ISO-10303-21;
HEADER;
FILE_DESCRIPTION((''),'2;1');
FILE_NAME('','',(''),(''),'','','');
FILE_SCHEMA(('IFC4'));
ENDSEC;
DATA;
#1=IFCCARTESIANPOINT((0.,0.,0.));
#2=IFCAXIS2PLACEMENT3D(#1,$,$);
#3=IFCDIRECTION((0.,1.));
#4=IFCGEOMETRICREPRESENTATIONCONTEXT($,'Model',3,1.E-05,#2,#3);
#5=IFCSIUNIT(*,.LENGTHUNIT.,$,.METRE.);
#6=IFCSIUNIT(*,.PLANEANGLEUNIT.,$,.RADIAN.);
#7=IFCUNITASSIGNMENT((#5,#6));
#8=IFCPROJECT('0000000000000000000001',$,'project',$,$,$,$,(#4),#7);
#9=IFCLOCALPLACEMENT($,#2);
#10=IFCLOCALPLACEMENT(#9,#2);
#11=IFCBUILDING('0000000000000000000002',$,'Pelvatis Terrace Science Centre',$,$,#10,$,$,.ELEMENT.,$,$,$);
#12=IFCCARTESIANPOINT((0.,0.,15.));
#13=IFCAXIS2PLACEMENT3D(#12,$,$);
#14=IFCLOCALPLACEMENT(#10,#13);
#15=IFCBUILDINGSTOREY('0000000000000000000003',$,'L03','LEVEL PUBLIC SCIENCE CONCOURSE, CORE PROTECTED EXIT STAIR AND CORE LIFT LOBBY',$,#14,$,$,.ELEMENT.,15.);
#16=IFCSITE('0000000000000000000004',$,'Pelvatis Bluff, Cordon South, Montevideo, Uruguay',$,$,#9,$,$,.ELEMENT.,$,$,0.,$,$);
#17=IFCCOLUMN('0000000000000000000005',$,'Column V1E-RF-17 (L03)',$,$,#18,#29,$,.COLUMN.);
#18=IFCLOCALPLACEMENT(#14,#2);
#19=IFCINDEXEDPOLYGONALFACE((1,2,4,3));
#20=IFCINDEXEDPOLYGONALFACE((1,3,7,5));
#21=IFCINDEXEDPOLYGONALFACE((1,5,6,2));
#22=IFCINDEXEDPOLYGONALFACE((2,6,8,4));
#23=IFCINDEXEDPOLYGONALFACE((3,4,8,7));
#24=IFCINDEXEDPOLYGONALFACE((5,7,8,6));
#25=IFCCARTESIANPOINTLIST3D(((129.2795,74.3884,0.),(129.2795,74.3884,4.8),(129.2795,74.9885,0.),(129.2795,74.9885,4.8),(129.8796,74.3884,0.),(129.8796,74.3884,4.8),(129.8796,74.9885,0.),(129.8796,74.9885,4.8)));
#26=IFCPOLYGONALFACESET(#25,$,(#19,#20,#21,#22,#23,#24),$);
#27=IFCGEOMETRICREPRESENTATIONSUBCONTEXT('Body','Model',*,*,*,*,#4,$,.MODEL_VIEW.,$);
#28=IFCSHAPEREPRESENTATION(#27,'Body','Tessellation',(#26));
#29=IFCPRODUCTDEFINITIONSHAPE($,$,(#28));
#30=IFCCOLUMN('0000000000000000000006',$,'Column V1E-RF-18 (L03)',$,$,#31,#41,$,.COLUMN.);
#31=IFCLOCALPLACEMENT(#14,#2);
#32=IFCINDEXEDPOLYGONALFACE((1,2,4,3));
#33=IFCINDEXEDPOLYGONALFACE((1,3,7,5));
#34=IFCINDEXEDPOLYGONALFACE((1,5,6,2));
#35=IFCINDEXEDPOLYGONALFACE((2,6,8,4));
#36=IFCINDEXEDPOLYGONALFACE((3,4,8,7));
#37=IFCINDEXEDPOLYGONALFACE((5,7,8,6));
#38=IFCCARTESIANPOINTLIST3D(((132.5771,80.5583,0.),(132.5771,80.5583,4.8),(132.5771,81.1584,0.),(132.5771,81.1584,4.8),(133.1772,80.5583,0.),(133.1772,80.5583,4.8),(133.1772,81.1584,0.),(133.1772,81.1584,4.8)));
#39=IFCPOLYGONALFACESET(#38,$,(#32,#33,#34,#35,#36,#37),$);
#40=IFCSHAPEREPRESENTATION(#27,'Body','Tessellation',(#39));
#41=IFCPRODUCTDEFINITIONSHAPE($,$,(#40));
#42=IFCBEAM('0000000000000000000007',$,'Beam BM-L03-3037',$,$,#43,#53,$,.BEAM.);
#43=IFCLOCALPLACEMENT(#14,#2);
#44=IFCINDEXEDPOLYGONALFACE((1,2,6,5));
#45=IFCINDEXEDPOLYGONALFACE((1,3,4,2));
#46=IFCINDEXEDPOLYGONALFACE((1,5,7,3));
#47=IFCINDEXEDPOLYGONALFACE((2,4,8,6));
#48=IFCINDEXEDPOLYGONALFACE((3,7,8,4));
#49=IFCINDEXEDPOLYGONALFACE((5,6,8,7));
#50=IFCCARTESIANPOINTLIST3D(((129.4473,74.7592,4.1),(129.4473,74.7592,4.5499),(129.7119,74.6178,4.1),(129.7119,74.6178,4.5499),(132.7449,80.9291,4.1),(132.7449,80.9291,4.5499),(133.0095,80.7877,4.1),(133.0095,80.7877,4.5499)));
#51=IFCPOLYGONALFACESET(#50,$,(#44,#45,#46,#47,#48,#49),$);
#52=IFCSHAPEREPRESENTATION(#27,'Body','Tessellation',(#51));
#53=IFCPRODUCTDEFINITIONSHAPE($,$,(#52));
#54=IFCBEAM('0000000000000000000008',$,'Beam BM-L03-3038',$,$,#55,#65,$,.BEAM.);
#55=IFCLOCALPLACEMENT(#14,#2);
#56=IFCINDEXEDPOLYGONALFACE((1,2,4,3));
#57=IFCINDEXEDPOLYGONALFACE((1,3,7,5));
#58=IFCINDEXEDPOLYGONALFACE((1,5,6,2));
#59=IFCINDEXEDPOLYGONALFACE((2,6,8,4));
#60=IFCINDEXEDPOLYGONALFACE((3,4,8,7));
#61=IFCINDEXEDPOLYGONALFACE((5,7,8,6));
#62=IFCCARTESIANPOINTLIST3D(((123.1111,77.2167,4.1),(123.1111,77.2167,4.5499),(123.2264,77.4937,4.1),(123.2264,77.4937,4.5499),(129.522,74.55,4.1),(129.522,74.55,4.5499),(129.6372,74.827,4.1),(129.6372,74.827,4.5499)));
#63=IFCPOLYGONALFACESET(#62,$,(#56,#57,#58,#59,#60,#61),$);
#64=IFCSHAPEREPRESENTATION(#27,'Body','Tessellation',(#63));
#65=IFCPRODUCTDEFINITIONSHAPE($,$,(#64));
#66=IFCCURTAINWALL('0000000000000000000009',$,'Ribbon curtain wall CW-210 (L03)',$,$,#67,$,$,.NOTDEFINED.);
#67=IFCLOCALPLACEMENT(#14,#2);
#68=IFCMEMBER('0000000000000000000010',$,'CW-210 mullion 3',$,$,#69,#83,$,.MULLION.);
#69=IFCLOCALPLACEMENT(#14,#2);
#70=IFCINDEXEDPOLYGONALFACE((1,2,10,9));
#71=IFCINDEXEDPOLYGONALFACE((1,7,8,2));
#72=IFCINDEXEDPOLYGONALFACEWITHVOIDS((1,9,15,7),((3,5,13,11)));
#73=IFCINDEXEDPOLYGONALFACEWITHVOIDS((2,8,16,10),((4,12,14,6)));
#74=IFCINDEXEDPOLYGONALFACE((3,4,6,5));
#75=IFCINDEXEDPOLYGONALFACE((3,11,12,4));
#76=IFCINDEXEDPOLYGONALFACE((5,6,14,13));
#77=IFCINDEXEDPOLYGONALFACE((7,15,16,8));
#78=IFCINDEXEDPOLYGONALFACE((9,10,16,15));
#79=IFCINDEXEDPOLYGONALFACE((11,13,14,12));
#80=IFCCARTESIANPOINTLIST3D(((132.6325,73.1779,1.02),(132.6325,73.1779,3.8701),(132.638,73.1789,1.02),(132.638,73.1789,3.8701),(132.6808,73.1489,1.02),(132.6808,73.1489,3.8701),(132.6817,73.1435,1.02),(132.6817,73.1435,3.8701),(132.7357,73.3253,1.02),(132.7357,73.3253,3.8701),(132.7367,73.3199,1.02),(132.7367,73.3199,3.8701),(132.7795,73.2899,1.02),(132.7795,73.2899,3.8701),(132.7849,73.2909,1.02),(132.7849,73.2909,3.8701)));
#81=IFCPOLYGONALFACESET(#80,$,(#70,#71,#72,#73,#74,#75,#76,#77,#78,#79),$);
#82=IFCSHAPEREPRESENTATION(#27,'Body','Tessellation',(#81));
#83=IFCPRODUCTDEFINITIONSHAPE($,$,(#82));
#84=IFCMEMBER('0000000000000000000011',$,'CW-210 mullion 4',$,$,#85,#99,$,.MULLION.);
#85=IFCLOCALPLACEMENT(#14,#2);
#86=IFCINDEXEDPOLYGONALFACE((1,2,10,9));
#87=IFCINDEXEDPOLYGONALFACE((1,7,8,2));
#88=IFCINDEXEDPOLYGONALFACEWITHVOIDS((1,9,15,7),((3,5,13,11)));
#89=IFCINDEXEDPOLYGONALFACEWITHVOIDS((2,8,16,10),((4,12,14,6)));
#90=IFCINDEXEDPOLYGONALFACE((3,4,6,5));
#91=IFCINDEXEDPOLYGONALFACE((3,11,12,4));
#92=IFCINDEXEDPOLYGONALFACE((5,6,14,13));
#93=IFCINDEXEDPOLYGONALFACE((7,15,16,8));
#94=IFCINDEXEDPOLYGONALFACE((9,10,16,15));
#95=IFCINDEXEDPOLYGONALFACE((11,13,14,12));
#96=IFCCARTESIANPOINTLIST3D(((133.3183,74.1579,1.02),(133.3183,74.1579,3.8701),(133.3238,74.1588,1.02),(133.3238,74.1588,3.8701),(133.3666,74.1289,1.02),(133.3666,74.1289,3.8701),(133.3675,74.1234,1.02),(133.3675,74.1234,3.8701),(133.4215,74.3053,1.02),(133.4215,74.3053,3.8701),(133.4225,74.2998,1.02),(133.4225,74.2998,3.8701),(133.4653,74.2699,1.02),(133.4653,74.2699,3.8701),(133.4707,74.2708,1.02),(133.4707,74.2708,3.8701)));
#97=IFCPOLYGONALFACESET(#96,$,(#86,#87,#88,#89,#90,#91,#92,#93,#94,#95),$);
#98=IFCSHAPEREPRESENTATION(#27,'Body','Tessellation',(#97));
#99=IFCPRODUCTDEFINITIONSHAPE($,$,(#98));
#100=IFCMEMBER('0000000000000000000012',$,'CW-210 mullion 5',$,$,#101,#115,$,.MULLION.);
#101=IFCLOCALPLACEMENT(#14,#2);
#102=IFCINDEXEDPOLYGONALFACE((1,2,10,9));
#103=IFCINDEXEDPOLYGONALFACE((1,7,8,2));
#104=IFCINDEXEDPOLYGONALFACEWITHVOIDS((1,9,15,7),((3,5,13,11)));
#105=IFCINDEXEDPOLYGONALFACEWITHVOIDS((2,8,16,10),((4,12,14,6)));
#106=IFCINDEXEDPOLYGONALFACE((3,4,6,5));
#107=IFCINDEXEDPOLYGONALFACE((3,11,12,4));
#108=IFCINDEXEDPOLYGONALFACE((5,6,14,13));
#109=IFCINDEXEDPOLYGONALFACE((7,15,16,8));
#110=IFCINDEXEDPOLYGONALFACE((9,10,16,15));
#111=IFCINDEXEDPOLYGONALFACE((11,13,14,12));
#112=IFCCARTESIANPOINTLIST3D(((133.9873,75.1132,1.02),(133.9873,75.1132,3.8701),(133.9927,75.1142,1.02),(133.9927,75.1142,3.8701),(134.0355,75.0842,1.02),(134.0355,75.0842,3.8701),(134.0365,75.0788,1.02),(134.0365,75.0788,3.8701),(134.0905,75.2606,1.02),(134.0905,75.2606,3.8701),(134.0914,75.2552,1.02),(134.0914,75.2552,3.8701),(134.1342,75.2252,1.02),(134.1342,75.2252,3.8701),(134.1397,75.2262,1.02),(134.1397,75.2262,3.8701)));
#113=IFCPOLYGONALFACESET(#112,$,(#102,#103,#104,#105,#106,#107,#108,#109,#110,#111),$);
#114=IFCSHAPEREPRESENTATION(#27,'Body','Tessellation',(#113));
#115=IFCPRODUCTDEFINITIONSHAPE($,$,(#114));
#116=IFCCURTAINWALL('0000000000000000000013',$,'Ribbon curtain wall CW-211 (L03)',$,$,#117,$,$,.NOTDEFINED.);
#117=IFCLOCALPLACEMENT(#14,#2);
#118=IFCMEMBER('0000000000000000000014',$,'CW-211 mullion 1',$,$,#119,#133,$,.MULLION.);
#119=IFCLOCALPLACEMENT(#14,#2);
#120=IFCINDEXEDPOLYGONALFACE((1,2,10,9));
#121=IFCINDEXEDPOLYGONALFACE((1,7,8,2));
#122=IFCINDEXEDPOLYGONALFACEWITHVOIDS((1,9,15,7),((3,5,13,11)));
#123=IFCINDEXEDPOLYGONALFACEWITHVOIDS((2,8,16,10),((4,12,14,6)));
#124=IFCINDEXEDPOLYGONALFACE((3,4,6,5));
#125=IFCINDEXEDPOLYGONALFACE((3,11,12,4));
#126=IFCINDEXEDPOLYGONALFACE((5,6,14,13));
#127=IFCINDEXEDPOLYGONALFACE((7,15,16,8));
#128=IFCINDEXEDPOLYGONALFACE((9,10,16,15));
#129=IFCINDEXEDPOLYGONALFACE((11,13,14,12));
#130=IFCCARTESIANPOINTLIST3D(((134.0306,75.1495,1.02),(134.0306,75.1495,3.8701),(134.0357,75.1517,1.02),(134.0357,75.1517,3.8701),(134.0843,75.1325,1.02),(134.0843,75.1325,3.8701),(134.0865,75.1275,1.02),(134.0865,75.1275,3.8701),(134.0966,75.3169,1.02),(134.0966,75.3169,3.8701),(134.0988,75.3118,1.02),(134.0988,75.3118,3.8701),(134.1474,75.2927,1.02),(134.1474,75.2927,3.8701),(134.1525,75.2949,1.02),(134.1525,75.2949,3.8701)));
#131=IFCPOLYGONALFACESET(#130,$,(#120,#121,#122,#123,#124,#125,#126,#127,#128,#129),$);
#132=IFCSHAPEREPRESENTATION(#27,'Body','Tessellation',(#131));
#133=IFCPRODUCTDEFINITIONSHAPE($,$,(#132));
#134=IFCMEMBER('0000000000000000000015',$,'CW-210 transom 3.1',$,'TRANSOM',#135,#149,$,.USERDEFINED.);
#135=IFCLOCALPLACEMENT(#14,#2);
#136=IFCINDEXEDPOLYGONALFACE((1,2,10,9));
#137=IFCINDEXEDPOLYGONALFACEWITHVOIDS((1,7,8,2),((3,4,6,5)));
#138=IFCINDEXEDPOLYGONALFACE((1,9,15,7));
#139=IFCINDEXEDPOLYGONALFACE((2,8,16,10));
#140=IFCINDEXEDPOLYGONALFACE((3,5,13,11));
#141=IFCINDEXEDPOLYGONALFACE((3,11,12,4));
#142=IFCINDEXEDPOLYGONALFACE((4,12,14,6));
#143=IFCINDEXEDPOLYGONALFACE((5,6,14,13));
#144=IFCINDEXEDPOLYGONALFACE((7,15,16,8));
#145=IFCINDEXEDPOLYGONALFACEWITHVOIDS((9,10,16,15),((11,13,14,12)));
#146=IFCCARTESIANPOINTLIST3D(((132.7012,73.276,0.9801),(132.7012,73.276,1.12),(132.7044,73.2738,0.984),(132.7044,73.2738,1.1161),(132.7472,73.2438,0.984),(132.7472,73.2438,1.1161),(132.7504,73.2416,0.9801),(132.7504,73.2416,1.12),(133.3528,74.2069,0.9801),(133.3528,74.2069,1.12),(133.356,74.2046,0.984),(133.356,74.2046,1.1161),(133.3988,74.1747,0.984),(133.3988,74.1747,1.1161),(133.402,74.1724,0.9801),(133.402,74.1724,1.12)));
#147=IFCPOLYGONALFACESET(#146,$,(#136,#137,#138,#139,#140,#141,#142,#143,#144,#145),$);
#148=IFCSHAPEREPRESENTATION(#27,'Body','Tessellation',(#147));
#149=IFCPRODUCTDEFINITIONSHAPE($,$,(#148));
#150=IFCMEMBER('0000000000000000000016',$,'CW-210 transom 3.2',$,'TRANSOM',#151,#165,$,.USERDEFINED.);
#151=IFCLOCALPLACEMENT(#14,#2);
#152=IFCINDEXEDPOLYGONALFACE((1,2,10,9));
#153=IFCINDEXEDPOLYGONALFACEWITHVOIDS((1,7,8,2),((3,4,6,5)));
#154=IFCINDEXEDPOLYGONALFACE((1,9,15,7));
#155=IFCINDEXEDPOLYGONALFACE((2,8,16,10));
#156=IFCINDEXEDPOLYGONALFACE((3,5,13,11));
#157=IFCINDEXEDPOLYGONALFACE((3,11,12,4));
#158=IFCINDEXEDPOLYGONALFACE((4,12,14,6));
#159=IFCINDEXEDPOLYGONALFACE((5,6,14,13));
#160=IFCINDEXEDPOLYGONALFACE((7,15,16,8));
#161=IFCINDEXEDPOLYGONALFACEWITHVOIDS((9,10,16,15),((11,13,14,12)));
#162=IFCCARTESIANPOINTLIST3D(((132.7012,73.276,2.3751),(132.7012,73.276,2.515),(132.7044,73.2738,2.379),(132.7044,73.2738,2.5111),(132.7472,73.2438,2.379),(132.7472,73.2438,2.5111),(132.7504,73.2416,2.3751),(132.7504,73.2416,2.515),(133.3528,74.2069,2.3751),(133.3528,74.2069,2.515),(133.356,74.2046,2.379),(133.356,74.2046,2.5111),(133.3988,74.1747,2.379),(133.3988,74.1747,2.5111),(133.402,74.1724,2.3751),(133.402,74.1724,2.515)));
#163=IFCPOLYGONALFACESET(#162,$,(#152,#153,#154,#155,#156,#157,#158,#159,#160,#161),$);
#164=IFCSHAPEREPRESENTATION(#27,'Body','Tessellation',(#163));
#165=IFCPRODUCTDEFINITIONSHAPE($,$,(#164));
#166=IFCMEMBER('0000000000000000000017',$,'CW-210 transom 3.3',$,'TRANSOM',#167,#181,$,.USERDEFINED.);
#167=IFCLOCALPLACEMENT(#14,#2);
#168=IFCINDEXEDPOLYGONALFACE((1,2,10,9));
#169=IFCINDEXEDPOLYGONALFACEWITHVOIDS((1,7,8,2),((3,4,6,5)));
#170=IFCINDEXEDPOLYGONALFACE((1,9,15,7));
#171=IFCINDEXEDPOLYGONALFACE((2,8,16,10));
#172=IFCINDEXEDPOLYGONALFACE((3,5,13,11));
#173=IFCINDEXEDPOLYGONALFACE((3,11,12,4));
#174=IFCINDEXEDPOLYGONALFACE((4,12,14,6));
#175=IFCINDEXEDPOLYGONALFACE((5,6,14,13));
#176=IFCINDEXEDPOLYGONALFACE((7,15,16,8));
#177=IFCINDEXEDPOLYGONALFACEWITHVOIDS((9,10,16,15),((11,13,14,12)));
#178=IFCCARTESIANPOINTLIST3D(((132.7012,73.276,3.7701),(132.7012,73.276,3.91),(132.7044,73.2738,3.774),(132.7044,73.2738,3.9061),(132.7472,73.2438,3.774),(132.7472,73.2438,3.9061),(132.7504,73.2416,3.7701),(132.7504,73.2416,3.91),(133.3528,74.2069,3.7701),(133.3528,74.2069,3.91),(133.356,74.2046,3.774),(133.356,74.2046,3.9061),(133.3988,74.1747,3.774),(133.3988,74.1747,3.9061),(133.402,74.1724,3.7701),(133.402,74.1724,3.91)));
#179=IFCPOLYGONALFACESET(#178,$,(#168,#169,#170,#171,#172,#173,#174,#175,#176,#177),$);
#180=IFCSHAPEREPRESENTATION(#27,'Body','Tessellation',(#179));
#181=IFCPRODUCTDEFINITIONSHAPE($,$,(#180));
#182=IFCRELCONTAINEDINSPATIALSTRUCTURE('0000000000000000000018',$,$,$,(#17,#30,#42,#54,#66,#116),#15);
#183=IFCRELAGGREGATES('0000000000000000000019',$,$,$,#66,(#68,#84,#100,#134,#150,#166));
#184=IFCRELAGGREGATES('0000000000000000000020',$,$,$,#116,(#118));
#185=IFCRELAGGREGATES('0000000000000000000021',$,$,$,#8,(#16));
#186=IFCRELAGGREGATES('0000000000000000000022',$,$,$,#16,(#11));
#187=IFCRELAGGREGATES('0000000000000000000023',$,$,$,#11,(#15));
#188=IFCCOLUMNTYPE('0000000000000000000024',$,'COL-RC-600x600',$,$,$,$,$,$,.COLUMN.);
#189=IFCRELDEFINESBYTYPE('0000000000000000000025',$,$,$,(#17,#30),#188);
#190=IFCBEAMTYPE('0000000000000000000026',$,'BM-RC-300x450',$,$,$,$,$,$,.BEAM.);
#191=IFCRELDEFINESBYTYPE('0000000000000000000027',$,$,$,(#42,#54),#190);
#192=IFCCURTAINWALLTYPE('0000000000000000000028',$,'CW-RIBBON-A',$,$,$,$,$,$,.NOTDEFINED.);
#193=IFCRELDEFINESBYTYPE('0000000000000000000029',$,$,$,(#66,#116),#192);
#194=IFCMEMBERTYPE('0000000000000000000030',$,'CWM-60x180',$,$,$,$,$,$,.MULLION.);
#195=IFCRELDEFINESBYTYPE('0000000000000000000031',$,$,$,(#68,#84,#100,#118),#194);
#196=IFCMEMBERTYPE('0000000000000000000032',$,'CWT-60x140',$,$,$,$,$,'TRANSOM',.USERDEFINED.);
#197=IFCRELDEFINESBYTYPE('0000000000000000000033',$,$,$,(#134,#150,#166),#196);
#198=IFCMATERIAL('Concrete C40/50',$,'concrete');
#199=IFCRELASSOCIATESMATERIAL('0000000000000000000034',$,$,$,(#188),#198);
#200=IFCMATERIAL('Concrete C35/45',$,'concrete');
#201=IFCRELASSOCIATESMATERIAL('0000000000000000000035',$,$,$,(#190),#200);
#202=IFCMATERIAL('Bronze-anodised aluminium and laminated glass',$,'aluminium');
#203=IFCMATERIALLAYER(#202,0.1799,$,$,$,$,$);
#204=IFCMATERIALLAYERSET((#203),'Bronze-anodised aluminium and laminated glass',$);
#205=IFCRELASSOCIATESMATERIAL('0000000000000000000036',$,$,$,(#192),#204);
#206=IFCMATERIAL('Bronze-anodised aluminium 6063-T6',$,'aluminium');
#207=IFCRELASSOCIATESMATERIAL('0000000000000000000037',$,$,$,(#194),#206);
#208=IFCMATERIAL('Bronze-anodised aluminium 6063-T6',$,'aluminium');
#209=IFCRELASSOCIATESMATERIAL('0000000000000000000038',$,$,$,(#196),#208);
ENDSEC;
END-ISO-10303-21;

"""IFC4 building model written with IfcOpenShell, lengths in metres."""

from ifc_helpers import new_model, si_unit, direction, frame, origin, origin_2d, place, context, subcontext, project, spatial, rectangle, hollow_rectangle, extrude, material, layer, layer_set, material_profile, profile_set, type_object, element, aggregate, save


model = new_model("IFC4")

# Units and contexts
model_context = context("Model", 3, precision=1e-05, world=origin(), true_north=direction((0.0, 1.0)))
body_context = subcontext(model_context, "Body", "Model", "MODEL_VIEW")
ifc_project = project(units=[si_unit("LENGTHUNIT", "METRE"), si_unit("PLANEANGLEUNIT", "RADIAN")], contexts=[model_context])

# Site, building, storey
site_placement = place(None, origin())
site = spatial("IfcSite", under=ifc_project, at=site_placement, Name="Pelvatis Bluff, Cordon South, Montevideo, Uruguay", CompositionType="ELEMENT", RefElevation=0.0)
building_placement = place(site_placement, origin())
building = spatial("IfcBuilding", under=site, at=building_placement, Name="Pelvatis Terrace Science Centre", CompositionType="ELEMENT")
storey_placement = place(building_placement, frame((0.0, 0.0, 15.0)))
storey = spatial("IfcBuildingStorey", under=building, at=storey_placement, Name="L03", Description="LEVEL PUBLIC SCIENCE CONCOURSE, CORE PROTECTED EXIT STAIR AND CORE LIFT LOBBY", CompositionType="ELEMENT", Elevation=15.0)

# Columns
ifc_material_1 = material(Name="Concrete C40/50", Category="concrete")
ifc_material_profile_1 = material_profile(ifc_material_1, rectangle(XDim=0.6001, YDim=0.6001, at=origin_2d()), Name="RC-COL 600x600")
ifc_profile_set_1 = profile_set([ifc_material_profile_1], Name="Concrete C40/50")
column_type = type_object("IfcColumnType", Name="COL-RC-600x600", PredefinedType="COLUMN", material=ifc_profile_set_1)
for number, where, z_axis, x_axis, name in (
    (1, (129.5796, 74.6885, 0.0), (0.0, 0.0, 1.0), (1.0, 0.0, 0.0), "Column V1E-RF-17 (L03)"),
    (2, (132.8772, 80.8584, 0.0), (0.0, 0.0, 1.0), (1.0, 0.0, 0.0), "Column V1E-RF-18 (L03)"),
):
    element("IfcColumn", number, at=place(storey_placement, frame(where, z_axis=z_axis, x_axis=x_axis)), inside=storey, type_object=column_type, Name=name, PredefinedType="COLUMN", context=body_context, shape_type="SweptSolid", body=[
        extrude(rectangle(XDim=0.6001, YDim=0.6001, at=origin_2d()), origin(), (0.0, 0.0, 1.0), 4.8),
    ])

# Beams
ifc_material_2 = material(Name="Concrete C35/45", Category="concrete")
ifc_material_profile_2 = material_profile(ifc_material_2, rectangle(XDim=0.3, YDim=0.45, at=origin_2d()), Name="RC-BM 300x450")
ifc_profile_set_2 = profile_set([ifc_material_profile_2], Name="Concrete C35/45")
beam_type = type_object("IfcBeamType", Name="BM-RC-300x450", PredefinedType="BEAM", material=ifc_profile_set_2)
beam_1_placement = place(storey_placement, frame((129.5796, 74.6885, 4.325), z_axis=(0.471365, 0.881938, 0.0), x_axis=(-0.881938, 0.471365, 0.0)))
element("IfcBeam", 3, at=beam_1_placement, inside=storey, type_object=beam_type, Name="Beam BM-L03-3037", PredefinedType="BEAM", context=body_context, shape_type="SweptSolid", body=[
    extrude(rectangle(XDim=0.3, YDim=0.45, at=origin_2d()), origin(), (0.0, 0.0, 1.0), 6.9958),
])
beam_2_placement = place(storey_placement, frame((129.5796, 74.6885, 4.325), z_axis=(-0.923305, 0.384069, 0.0), x_axis=(-0.384069, -0.923305, 0.0)))
element("IfcBeam", 4, at=beam_2_placement, inside=storey, type_object=beam_type, Name="Beam BM-L03-3038", PredefinedType="BEAM", context=body_context, shape_type="SweptSolid", body=[
    extrude(rectangle(XDim=0.3, YDim=0.45, at=origin_2d()), origin(), (0.0, 0.0, 1.0), 6.9434),
])

# Curtain wall, members
ifc_material_3 = material(Name="Bronze-anodised aluminium and laminated glass", Category="aluminium")
ifc_layer_1 = layer(ifc_material_3, 0.1799)
ifc_layer_set_1 = layer_set([ifc_layer_1], Name="Bronze-anodised aluminium and laminated glass")
curtain_wall_type = type_object("IfcCurtainWallType", Name="CW-RIBBON-A", PredefinedType="NOTDEFINED", material=ifc_layer_set_1)
curtain_wall_1_placement = place(storey_placement, origin())
curtain_wall_1 = element("IfcCurtainWall", 5, at=curtain_wall_1_placement, inside=storey, type_object=curtain_wall_type, Name="Ribbon curtain wall CW-210 (L03)", PredefinedType="NOTDEFINED")
ifc_material_4 = material(Name="Bronze-anodised aluminium 6063-T6", Category="aluminium")
ifc_material_profile_3 = material_profile(ifc_material_4, hollow_rectangle(XDim=0.0601, YDim=0.1799, WallThickness=0.0039, at=origin_2d()), Name="ALU-MUL 60x180")
ifc_profile_set_3 = profile_set([ifc_material_profile_3], Name="Bronze-anodised aluminium 6063-T6")
member_type_1 = type_object("IfcMemberType", Name="CWM-60x180", PredefinedType="MULLION", material=ifc_profile_set_3)
member_1_placement = place(storey_placement, frame((132.7087, 73.2344, 1.02), z_axis=(0.0, 0.0, 1.0), x_axis=(-0.819228, 0.573468, 0.0)))
member_1 = element("IfcMember", 6, at=member_1_placement, type_object=member_type_1, Name="CW-210 mullion 3", PredefinedType="MULLION", context=body_context, shape_type="SweptSolid", body=[
    extrude(hollow_rectangle(XDim=0.0601, YDim=0.1799, WallThickness=0.0039, at=origin_2d()), origin(), (0.0, 0.0, 1.0), 2.8501),
])
member_2_placement = place(storey_placement, frame((133.3945, 74.2144, 1.02), z_axis=(0.0, 0.0, 1.0), x_axis=(-0.819228, 0.573468, 0.0)))
member_2 = element("IfcMember", 7, at=member_2_placement, type_object=member_type_1, Name="CW-210 mullion 4", PredefinedType="MULLION", context=body_context, shape_type="SweptSolid", body=[
    extrude(hollow_rectangle(XDim=0.0601, YDim=0.1799, WallThickness=0.0039, at=origin_2d()), origin(), (0.0, 0.0, 1.0), 2.8501),
])
member_3_placement = place(storey_placement, frame((134.0635, 75.1697, 1.02), z_axis=(0.0, 0.0, 1.0), x_axis=(-0.819228, 0.573468, 0.0)))
member_3 = element("IfcMember", 8, at=member_3_placement, type_object=member_type_1, Name="CW-210 mullion 5", PredefinedType="MULLION", context=body_context, shape_type="SweptSolid", body=[
    extrude(hollow_rectangle(XDim=0.0601, YDim=0.1799, WallThickness=0.0039, at=origin_2d()), origin(), (0.0, 0.0, 1.0), 2.8501),
])

# Curtain wall, member
curtain_wall_2_placement = place(storey_placement, origin())
curtain_wall_2 = element("IfcCurtainWall", 9, at=curtain_wall_2_placement, inside=storey, type_object=curtain_wall_type, Name="Ribbon curtain wall CW-211 (L03)", PredefinedType="NOTDEFINED")
member_4_placement = place(storey_placement, frame((134.0916, 75.2222, 1.02), z_axis=(0.0, 0.0, 1.0), x_axis=(-0.930402, 0.366541, 0.0)))
member_4 = element("IfcMember", 10, at=member_4_placement, type_object=member_type_1, Name="CW-211 mullion 1", PredefinedType="MULLION", context=body_context, shape_type="SweptSolid", body=[
    extrude(hollow_rectangle(XDim=0.0601, YDim=0.1799, WallThickness=0.0039, at=origin_2d()), origin(), (0.0, 0.0, 1.0), 2.8501),
])

# Members
ifc_material_5 = material(Name="Bronze-anodised aluminium 6063-T6", Category="aluminium")
ifc_material_profile_4 = material_profile(ifc_material_5, hollow_rectangle(XDim=0.0601, YDim=0.1399, WallThickness=0.0039, at=origin_2d()), Name="ALU-TRN 60x140")
ifc_profile_set_4 = profile_set([ifc_material_profile_4], Name="Bronze-anodised aluminium 6063-T6")
member_type_2 = type_object("IfcMemberType", Name="CWT-60x140", ElementType="TRANSOM", PredefinedType="USERDEFINED", material=ifc_profile_set_4)
member_5_placement = place(storey_placement, frame((132.7258, 73.2588, 1.05), z_axis=(0.573448, 0.819242, 0.0), x_axis=(-0.819242, 0.573448, 0.0)))
member_5 = element("IfcMember", 11, at=member_5_placement, type_object=member_type_2, Name="CW-210 transom 3.1", ObjectType="TRANSOM", PredefinedType="USERDEFINED", context=body_context, shape_type="SweptSolid", body=[
    extrude(hollow_rectangle(XDim=0.0601, YDim=0.1399, WallThickness=0.0039, at=origin_2d()), origin(), (0.0, 0.0, 1.0), 1.1362),
])
member_6_placement = place(storey_placement, frame((132.7258, 73.2588, 2.4451), z_axis=(0.573448, 0.819242, 0.0), x_axis=(-0.819242, 0.573448, 0.0)))
member_6 = element("IfcMember", 12, at=member_6_placement, type_object=member_type_2, Name="CW-210 transom 3.2", ObjectType="TRANSOM", PredefinedType="USERDEFINED", context=body_context, shape_type="SweptSolid", body=[
    extrude(hollow_rectangle(XDim=0.0601, YDim=0.1399, WallThickness=0.0039, at=origin_2d()), origin(), (0.0, 0.0, 1.0), 1.1362),
])
member_7_placement = place(storey_placement, frame((132.7258, 73.2588, 3.8401), z_axis=(0.573448, 0.819242, 0.0), x_axis=(-0.819242, 0.573448, 0.0)))
member_7 = element("IfcMember", 13, at=member_7_placement, type_object=member_type_2, Name="CW-210 transom 3.3", ObjectType="TRANSOM", PredefinedType="USERDEFINED", context=body_context, shape_type="SweptSolid", body=[
    extrude(hollow_rectangle(XDim=0.0601, YDim=0.1399, WallThickness=0.0039, at=origin_2d()), origin(), (0.0, 0.0, 1.0), 1.1362),
])

aggregate(curtain_wall_1, [member_1, member_2, member_3, member_5, member_6, member_7])
aggregate(curtain_wall_2, [member_4])

save(model, "model.ifc")
